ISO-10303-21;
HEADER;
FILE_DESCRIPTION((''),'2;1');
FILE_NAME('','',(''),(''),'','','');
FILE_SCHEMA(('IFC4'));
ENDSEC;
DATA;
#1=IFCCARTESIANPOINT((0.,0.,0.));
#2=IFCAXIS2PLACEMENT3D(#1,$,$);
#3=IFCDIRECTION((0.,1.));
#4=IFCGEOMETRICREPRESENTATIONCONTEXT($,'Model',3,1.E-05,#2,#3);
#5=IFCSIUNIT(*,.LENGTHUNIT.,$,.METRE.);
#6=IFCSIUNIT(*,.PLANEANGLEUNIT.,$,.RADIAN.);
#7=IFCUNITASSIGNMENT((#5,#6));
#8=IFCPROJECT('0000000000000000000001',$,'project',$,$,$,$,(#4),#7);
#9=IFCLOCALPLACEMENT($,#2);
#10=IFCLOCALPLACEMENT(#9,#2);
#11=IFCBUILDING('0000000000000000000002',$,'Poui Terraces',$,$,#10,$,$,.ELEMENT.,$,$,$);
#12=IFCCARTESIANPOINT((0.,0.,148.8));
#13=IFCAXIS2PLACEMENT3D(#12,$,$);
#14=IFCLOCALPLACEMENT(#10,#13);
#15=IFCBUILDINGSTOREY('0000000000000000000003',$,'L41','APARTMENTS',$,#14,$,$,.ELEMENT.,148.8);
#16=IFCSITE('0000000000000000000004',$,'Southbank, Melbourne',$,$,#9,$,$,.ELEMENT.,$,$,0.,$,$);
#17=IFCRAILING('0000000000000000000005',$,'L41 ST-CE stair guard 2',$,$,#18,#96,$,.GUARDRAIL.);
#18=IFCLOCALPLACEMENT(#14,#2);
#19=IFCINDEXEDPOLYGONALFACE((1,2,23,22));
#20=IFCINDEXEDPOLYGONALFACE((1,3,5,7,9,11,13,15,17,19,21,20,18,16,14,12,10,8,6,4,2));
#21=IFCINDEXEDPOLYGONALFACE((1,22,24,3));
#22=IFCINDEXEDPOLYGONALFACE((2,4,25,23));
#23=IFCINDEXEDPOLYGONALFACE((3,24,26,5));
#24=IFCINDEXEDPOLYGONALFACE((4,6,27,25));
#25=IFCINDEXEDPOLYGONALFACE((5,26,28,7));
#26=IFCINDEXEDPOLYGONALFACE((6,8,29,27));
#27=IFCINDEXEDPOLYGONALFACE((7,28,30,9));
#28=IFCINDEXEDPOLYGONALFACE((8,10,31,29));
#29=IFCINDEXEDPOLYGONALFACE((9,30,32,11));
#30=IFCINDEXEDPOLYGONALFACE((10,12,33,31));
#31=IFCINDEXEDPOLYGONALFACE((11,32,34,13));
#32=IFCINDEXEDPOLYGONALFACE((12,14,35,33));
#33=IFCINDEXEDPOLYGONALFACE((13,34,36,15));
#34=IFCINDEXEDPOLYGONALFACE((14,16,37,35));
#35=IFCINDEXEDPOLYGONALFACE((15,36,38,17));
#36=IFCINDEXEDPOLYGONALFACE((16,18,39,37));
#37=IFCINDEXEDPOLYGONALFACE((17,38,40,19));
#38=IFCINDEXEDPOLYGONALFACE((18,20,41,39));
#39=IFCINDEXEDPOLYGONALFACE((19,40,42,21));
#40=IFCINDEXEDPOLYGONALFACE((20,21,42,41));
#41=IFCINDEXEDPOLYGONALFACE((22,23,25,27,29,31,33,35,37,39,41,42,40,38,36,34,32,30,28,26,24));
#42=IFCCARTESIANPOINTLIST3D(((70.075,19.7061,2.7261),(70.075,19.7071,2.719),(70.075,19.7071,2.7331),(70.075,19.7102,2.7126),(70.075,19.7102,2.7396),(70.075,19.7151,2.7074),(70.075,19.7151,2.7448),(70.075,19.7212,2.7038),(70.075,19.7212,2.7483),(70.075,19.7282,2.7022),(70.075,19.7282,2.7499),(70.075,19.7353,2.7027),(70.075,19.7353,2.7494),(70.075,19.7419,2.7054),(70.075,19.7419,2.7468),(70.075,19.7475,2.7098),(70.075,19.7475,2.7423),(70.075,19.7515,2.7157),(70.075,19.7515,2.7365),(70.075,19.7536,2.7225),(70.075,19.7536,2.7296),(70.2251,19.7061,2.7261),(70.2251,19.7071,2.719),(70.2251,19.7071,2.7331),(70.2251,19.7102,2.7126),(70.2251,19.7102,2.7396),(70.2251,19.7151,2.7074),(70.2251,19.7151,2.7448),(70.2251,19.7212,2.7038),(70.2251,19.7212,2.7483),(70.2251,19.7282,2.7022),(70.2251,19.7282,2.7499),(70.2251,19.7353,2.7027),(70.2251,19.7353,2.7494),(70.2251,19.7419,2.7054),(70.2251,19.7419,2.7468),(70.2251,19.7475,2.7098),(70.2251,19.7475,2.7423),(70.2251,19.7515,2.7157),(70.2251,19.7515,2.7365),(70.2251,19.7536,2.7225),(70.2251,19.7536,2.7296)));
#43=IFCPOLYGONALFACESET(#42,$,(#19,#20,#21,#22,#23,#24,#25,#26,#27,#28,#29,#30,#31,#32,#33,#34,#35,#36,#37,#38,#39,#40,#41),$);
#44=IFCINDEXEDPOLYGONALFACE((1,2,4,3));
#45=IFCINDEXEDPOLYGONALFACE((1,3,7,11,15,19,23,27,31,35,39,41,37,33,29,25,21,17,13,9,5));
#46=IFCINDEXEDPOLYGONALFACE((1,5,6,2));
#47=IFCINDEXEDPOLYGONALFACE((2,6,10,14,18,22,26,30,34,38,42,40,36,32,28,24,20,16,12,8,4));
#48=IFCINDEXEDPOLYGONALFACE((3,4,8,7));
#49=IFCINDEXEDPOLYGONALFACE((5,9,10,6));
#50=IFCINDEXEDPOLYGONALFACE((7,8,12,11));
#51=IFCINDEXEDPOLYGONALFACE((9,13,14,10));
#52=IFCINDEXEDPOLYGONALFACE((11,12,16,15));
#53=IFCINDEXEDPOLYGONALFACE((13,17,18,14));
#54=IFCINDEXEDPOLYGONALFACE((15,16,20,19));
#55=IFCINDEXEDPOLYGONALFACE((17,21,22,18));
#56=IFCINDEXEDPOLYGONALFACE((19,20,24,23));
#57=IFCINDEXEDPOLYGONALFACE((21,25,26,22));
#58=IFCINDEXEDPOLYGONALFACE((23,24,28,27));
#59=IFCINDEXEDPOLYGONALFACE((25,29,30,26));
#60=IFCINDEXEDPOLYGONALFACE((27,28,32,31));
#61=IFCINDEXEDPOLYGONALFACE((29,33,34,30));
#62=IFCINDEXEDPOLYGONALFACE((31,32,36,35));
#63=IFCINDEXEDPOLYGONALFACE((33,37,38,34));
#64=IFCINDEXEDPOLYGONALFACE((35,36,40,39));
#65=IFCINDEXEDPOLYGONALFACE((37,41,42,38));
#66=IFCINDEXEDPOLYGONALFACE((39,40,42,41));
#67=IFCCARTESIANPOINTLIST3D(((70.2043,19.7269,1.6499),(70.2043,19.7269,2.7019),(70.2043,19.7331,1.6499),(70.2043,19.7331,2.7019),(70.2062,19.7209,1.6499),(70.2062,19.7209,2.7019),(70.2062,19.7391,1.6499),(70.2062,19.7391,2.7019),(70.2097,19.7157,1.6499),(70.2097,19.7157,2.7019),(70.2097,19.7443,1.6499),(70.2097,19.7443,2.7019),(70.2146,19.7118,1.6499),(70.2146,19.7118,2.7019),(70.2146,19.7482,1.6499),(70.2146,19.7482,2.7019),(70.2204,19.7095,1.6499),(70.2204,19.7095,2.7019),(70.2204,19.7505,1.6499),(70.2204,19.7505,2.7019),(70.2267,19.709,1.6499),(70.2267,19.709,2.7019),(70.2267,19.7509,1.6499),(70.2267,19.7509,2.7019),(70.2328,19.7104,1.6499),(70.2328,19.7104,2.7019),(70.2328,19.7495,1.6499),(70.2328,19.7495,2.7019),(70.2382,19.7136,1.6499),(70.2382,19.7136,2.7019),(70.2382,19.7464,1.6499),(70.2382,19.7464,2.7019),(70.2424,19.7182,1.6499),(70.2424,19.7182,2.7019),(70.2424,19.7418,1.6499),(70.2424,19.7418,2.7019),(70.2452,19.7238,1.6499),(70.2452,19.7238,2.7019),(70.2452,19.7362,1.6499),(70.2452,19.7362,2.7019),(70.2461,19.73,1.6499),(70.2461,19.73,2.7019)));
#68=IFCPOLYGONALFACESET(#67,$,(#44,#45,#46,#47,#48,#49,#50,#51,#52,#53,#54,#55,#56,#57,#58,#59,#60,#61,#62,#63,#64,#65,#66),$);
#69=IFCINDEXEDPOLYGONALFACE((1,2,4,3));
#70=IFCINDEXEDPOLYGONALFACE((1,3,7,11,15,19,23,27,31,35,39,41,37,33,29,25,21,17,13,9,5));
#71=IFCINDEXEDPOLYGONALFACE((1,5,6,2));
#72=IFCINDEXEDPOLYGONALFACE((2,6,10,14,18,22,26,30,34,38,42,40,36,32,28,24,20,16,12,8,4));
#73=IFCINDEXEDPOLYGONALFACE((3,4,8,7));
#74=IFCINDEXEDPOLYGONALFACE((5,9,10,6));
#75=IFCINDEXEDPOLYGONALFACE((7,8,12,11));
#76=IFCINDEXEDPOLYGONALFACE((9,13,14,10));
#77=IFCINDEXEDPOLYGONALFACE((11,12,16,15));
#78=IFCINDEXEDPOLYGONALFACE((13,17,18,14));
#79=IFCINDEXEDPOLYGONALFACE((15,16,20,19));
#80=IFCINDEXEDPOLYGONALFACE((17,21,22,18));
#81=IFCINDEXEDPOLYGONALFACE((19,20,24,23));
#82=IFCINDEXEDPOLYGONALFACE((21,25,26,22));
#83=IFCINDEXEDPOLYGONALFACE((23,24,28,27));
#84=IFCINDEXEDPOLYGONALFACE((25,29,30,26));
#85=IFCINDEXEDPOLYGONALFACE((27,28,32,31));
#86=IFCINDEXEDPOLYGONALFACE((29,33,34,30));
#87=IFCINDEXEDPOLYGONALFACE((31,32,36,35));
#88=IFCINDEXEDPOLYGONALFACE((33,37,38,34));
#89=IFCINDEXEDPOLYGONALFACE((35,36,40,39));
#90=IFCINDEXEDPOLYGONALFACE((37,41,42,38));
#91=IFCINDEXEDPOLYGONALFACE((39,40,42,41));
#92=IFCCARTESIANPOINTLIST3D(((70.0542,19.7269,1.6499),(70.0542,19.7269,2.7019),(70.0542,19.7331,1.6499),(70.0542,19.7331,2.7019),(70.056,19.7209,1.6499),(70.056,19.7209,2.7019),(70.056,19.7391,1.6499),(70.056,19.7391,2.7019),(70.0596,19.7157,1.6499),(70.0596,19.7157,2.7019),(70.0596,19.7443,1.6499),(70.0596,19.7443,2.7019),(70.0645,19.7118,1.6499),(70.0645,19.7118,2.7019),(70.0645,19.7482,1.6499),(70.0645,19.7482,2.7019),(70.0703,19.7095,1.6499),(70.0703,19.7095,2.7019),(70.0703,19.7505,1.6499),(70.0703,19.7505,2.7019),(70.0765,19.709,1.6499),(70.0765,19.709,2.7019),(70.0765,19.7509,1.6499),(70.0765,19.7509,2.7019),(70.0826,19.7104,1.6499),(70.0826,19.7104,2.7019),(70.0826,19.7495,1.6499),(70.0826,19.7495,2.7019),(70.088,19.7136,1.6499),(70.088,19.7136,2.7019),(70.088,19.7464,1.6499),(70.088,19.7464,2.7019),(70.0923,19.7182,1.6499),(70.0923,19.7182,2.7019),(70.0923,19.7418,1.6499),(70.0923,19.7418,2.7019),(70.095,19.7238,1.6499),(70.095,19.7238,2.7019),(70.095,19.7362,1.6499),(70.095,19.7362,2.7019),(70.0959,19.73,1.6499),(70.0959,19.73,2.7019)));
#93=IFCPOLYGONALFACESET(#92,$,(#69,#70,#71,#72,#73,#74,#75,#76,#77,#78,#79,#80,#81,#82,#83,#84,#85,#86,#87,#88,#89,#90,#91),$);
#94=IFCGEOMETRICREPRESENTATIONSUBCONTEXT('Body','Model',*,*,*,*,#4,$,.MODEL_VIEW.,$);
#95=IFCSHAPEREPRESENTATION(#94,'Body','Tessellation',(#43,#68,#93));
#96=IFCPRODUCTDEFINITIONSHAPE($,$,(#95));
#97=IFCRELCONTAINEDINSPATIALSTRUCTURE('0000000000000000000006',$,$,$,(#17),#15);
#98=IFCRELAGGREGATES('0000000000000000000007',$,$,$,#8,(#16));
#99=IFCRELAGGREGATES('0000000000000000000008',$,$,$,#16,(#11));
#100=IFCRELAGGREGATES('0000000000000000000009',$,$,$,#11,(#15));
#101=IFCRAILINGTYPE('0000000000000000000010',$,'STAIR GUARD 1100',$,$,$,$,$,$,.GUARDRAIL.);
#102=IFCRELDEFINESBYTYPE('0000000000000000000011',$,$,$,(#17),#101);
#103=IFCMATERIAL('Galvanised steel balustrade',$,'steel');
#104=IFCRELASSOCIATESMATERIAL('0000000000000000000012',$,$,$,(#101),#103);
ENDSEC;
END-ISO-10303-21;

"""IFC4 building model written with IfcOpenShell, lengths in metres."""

from ifc_helpers import new_model, si_unit, direction, frame, origin, origin_2d, place, context, subcontext, project, spatial, circle, extrude, material, type_object, element, save


model = new_model("IFC4")

# Units and contexts
model_context = context("Model", 3, precision=1e-05, world=origin(), true_north=direction((0.0, 1.0)))
body_context = subcontext(model_context, "Body", "Model", "MODEL_VIEW")
ifc_project = project(units=[si_unit("LENGTHUNIT", "METRE"), si_unit("PLANEANGLEUNIT", "RADIAN")], contexts=[model_context])

# Site, building, storey
site_placement = place(None, origin())
site = spatial("IfcSite", under=ifc_project, at=site_placement, Name="Southbank, Melbourne", CompositionType="ELEMENT", RefElevation=0.0)
building_placement = place(site_placement, origin())
building = spatial("IfcBuilding", under=site, at=building_placement, Name="Poui Terraces", CompositionType="ELEMENT")
storey_placement = place(building_placement, frame((0.0, 0.0, 148.8)))
storey = spatial("IfcBuildingStorey", under=building, at=storey_placement, Name="L41", Description="APARTMENTS", CompositionType="ELEMENT", Elevation=148.8)

# Railing
ifc_material_1 = material(Name="Galvanised steel balustrade", Category="steel")
railing_type_1 = type_object("IfcRailingType", Name="STAIR GUARD 1100", PredefinedType="GUARDRAIL", material=ifc_material_1)
railing_1_placement = place(storey_placement, frame((70.2251, 19.73, 1.6499)))
element("IfcRailing", 1, at=railing_1_placement, inside=storey, type_object=railing_type_1, Name="L41 ST-CE stair guard 2", PredefinedType="GUARDRAIL", context=body_context, shape_type="SweptSolid", body=[
    extrude(circle(Radius=0.0239, at=origin_2d()), frame((0.0, 0.0, 1.0762), z_axis=(-1.0, 0.0, 0.0), x_axis=(0.0, -1.0, 0.0)), (0.0, 0.0, 1.0), 0.1501),
    extrude(circle(Radius=0.021, at=origin_2d()), origin(), (0.0, 0.0, 1.0), 1.052),
    extrude(circle(Radius=0.021, at=origin_2d()), frame((-0.1501, 0.0, 0.0)), (0.0, 0.0, 1.0), 1.052),
])

save(model, "model.ifc")
